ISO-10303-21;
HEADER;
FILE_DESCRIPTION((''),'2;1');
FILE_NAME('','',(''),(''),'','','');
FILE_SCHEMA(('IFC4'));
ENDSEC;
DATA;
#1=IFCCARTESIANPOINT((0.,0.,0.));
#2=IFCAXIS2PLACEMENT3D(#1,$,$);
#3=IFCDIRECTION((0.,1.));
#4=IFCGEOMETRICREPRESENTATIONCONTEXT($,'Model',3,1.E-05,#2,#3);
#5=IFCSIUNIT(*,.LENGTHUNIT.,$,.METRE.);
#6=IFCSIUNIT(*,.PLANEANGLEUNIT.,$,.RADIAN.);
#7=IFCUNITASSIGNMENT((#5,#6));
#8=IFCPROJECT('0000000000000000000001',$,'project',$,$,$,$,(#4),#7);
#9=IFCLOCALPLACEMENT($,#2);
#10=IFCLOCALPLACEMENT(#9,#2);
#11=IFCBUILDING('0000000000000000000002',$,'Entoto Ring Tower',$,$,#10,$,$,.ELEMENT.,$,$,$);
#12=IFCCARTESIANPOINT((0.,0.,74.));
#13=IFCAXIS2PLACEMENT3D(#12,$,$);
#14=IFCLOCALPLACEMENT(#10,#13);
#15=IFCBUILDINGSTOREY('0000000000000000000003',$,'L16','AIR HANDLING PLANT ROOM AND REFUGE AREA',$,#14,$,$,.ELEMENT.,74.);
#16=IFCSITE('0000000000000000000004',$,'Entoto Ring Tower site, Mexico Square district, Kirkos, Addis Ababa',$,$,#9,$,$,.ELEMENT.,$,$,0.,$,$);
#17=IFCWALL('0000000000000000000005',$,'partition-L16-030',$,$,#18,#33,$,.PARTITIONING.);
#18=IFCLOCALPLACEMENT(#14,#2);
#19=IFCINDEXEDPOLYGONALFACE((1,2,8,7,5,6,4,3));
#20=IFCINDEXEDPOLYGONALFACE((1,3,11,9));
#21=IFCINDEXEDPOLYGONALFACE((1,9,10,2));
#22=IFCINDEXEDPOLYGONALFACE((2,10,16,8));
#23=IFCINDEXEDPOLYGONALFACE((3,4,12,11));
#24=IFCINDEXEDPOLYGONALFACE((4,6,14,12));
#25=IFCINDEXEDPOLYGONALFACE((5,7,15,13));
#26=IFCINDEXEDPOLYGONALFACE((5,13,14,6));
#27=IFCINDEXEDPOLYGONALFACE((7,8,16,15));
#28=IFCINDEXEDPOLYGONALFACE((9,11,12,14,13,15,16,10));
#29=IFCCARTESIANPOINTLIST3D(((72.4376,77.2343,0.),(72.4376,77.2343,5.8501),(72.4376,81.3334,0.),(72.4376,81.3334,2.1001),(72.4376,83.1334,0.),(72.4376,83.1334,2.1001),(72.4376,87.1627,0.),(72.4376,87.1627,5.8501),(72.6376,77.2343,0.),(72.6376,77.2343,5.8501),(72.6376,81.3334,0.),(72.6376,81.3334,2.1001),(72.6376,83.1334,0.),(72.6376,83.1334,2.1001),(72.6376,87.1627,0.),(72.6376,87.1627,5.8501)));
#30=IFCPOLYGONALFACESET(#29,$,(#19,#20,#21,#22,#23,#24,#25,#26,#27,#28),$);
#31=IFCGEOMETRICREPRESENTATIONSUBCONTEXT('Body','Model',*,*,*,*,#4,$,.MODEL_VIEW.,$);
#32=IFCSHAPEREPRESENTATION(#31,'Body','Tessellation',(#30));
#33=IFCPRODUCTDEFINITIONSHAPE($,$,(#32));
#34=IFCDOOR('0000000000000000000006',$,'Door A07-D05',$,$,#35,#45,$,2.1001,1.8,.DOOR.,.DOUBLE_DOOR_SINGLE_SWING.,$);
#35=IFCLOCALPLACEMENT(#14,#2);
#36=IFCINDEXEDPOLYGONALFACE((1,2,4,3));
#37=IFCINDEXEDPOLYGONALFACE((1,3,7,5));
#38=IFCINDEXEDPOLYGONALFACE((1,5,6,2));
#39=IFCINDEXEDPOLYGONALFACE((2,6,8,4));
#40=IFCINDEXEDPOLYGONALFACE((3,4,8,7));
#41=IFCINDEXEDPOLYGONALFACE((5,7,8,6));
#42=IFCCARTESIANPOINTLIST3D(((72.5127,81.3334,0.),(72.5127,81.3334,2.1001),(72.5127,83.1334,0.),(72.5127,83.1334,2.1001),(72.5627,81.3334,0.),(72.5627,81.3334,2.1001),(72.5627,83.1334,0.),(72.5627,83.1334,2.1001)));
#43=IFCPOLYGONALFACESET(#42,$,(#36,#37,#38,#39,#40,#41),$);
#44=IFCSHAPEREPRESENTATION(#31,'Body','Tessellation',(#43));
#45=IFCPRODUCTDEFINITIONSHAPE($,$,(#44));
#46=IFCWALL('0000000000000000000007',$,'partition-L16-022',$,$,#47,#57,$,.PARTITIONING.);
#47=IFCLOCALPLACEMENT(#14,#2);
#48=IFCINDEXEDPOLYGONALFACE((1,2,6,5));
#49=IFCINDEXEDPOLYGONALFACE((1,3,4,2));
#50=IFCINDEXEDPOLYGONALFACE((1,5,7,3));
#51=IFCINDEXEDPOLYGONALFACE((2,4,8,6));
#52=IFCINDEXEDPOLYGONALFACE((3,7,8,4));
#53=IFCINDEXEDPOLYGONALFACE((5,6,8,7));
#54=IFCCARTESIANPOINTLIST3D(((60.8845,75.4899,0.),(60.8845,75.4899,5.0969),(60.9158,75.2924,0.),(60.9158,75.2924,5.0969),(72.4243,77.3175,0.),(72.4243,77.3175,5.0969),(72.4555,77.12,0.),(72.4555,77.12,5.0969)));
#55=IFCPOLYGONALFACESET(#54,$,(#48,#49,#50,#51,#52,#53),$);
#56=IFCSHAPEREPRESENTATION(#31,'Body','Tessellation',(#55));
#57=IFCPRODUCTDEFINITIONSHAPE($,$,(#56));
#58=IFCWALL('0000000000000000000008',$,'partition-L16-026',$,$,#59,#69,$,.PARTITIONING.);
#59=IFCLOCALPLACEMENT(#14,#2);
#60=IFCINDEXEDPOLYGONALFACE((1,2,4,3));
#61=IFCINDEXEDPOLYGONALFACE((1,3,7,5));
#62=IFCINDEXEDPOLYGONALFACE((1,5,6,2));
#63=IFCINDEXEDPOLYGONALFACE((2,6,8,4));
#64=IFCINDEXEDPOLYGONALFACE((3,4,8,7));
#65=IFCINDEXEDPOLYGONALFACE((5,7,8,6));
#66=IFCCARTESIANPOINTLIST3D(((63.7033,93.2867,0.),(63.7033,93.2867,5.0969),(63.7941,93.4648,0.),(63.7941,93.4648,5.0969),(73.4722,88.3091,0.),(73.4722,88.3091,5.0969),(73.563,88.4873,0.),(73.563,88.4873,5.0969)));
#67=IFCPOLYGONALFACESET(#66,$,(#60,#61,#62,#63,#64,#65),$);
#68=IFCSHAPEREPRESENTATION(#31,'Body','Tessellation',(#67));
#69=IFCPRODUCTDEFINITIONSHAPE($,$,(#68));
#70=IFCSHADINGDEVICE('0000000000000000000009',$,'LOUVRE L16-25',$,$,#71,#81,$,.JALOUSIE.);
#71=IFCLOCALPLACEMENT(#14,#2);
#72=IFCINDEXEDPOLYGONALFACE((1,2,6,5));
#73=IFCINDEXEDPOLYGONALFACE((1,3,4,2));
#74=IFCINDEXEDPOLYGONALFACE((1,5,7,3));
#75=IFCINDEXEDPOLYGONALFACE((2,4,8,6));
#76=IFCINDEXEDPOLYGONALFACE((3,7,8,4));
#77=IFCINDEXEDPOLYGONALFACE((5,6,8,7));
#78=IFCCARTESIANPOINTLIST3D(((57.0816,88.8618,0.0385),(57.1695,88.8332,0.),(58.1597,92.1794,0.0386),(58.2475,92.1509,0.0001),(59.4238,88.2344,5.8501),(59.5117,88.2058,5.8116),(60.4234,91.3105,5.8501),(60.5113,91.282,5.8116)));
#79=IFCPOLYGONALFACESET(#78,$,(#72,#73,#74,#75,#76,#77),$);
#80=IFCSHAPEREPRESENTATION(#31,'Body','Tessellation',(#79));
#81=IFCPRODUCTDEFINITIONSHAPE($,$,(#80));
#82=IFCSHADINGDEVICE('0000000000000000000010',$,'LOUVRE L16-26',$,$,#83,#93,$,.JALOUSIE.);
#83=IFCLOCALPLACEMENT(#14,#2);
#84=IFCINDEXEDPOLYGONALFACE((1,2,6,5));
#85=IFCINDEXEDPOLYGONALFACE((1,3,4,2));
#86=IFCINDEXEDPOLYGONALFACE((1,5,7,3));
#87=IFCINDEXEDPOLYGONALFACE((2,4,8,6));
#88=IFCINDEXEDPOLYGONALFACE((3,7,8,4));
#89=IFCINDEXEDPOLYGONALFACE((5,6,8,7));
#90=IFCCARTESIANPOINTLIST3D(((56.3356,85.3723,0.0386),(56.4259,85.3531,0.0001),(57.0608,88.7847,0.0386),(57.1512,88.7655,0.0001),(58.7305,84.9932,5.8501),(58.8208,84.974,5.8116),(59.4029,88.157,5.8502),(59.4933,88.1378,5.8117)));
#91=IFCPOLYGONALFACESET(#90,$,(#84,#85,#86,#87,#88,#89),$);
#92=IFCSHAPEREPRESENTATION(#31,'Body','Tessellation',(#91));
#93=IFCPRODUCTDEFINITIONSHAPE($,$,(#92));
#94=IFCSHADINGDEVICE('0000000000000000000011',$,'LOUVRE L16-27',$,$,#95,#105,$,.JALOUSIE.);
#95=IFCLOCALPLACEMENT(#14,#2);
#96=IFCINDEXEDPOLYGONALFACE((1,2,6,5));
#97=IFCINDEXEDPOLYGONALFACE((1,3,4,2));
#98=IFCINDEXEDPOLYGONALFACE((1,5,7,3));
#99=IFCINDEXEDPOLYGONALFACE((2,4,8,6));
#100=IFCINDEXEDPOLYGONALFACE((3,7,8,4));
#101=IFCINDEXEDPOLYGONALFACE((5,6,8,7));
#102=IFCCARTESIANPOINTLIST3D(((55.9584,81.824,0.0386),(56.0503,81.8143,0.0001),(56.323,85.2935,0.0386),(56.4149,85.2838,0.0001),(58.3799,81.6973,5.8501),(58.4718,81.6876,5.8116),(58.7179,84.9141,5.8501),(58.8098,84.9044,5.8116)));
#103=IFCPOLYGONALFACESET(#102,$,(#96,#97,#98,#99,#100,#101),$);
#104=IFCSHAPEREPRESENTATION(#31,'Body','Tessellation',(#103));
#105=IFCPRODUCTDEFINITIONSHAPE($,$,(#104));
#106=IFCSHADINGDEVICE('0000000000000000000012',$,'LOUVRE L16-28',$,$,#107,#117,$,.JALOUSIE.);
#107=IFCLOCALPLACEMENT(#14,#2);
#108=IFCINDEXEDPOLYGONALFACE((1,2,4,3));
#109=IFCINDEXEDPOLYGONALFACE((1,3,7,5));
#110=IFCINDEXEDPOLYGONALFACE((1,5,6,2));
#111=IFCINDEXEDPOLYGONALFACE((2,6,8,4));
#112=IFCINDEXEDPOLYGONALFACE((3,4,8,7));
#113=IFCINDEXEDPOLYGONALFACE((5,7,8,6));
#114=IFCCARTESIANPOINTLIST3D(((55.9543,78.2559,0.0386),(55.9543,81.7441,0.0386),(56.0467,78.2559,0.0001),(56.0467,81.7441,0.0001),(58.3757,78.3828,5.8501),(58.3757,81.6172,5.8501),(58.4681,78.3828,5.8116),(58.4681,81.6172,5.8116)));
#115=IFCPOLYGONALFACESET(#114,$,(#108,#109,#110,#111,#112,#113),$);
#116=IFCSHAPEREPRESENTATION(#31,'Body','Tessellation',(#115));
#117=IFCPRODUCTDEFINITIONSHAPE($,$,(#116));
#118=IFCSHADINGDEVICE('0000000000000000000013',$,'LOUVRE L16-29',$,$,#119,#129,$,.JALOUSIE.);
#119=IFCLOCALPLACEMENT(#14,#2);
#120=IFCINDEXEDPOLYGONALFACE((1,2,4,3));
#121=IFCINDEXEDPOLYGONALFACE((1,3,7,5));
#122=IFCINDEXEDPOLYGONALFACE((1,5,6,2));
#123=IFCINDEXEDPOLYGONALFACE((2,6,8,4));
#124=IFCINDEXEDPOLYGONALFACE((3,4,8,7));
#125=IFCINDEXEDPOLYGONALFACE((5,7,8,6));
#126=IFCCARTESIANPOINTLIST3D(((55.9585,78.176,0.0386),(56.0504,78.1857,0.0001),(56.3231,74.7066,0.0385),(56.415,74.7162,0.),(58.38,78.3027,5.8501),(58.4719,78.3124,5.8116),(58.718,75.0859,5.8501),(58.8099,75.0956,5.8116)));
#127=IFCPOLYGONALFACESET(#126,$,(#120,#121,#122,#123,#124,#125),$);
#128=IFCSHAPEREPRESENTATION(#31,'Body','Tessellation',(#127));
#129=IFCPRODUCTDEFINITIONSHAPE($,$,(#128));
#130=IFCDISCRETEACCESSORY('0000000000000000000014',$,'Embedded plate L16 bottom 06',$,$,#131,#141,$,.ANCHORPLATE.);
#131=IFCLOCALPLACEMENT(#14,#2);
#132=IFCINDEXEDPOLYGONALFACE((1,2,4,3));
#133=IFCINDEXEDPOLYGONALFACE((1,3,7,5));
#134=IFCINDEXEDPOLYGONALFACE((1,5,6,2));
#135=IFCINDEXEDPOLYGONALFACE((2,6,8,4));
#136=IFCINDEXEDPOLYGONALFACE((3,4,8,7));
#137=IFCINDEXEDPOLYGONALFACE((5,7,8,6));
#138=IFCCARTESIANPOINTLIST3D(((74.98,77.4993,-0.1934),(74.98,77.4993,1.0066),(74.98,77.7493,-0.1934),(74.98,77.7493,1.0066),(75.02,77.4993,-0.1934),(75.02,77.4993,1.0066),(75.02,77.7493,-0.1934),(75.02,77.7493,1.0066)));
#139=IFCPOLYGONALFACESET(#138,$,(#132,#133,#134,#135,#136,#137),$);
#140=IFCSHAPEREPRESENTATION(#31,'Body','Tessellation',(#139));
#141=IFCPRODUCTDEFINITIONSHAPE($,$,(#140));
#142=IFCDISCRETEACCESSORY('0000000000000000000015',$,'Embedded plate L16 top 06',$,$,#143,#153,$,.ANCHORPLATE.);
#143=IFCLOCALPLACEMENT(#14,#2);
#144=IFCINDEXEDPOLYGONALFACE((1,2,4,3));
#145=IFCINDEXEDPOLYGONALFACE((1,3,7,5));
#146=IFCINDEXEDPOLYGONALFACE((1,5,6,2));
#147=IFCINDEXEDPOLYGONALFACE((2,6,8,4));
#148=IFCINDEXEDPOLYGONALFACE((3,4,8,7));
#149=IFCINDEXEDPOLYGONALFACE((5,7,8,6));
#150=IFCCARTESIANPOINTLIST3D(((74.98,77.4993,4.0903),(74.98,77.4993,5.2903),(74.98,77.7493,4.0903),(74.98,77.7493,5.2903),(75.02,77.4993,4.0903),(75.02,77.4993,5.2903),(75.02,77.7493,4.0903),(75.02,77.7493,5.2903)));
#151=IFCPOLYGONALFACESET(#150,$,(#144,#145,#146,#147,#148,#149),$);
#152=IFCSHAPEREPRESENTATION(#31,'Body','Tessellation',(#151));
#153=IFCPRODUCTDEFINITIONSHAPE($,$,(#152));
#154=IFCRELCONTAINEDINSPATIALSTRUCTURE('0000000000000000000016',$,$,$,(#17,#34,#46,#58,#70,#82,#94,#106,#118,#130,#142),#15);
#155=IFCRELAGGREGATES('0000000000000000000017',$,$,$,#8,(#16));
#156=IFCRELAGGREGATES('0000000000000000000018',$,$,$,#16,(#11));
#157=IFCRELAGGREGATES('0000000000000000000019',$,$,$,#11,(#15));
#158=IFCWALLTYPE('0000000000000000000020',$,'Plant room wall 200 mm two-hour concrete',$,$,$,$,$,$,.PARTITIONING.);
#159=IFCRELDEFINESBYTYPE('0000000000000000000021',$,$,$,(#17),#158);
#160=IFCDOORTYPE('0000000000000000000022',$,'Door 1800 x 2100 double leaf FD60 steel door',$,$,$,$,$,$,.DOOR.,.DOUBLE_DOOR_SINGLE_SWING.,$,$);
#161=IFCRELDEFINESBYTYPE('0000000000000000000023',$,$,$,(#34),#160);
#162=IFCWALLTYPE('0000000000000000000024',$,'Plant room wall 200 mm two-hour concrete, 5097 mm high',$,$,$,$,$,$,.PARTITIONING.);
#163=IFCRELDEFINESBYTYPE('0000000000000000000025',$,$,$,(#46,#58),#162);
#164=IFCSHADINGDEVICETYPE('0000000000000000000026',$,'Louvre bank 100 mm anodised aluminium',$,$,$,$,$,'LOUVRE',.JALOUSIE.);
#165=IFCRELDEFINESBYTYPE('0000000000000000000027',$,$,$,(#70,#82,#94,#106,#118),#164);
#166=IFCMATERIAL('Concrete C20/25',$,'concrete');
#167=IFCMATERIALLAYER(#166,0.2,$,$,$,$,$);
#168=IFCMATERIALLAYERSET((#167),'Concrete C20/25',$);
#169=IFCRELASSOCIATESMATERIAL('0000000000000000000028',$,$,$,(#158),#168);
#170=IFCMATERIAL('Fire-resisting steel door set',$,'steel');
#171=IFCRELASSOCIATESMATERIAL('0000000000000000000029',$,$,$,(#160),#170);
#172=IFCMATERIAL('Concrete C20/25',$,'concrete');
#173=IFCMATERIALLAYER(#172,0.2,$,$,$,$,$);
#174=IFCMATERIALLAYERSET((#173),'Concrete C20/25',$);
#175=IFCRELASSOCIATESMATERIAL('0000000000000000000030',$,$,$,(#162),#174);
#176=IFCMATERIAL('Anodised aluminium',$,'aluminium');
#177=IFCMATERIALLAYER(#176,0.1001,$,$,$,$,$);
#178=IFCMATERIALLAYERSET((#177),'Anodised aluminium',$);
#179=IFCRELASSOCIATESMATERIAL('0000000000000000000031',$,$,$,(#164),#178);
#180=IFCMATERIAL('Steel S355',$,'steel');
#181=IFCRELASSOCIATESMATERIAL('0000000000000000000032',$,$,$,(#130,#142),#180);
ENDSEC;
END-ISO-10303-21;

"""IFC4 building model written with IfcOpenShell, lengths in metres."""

from ifc_helpers import new_model, si_unit, direction, frame, frame_2d, origin, origin_2d, place, context, subcontext, project, spatial, polyline, rectangle, outline, extrude, material, layer, layer_set, type_object, element, fill, save


model = new_model("IFC4")

# Units and contexts
model_context = context("Model", 3, precision=1e-05, world=origin(), true_north=direction((0.0, 1.0)))
body_context = subcontext(model_context, "Body", "Model", "MODEL_VIEW")
ifc_project = project(units=[si_unit("LENGTHUNIT", "METRE"), si_unit("PLANEANGLEUNIT", "RADIAN")], contexts=[model_context])

# Site, building, storey
site_placement = place(None, origin())
site = spatial("IfcSite", under=ifc_project, at=site_placement, Name="Entoto Ring Tower site, Mexico Square district, Kirkos, Addis Ababa", CompositionType="ELEMENT", RefElevation=0.0)
building_placement = place(site_placement, origin())
building = spatial("IfcBuilding", under=site, at=building_placement, Name="Entoto Ring Tower", CompositionType="ELEMENT")
storey_placement = place(building_placement, frame((0.0, 0.0, 74.0)))
storey = spatial("IfcBuildingStorey", under=building, at=storey_placement, Name="L16", Description="AIR HANDLING PLANT ROOM AND REFUGE AREA", CompositionType="ELEMENT", Elevation=74.0)

# Shared definitions
ifc_material_1 = material(Name="Concrete C20/25", Category="concrete")
ifc_layer_1 = layer(ifc_material_1, 0.2)
ifc_layer_set_1 = layer_set([ifc_layer_1], Name="Concrete C20/25")
wall_type_1 = type_object("IfcWallType", Name="Plant room wall 200 mm two-hour concrete", PredefinedType="PARTITIONING", material=ifc_layer_set_1)

# Wall, opening, door
ifc_material_2 = material(Name="Fire-resisting steel door set", Category="steel")
door_type = type_object("IfcDoorType", Name="Door 1800 x 2100 double leaf FD60 steel door", OperationType="DOUBLE_DOOR_SINGLE_SWING", PredefinedType="DOOR", material=ifc_material_2)
wall_1_placement = place(storey_placement, frame((72.5376, 77.2341, 0.0), z_axis=(0.0, 0.0, 1.0), x_axis=(0.0, 1.0, 0.0)))
wall_1 = element("IfcWall", 1, at=wall_1_placement, inside=storey, type_object=wall_type_1, Name="partition-L16-030", PredefinedType="PARTITIONING", context=body_context, shape_type="SweptSolid", body=[
    extrude(rectangle(XDim=9.9285, YDim=0.2, at=frame_2d((4.9644, 0.0))), origin(), (0.0, 0.0, 1.0), 5.8501),
])
opening_1_placement = place(wall_1_placement, frame((4.0994, 0.0, 0.0)))
opening_1 = element("IfcOpeningElement", 2, at=opening_1_placement, cuts=wall_1, PredefinedType="OPENING", context=body_context, shape_type="SweptSolid", body=[
    extrude(rectangle(XDim=1.8, YDim=2.1001, at=frame_2d((0.8999, 1.05))), frame((0.0, 0.1099, 0.0), z_axis=(0.0, -1.0, 0.0), x_axis=(1.0, 0.0, 0.0)), (0.0, 0.0, 1.0), 0.22),
])
door_1_placement = place(opening_1_placement, origin())
door_1 = element("IfcDoor", 3, at=door_1_placement, inside=storey, type_object=door_type, Name="Door A07-D05", OperationType="DOUBLE_DOOR_SINGLE_SWING", OverallHeight=2.1001, OverallWidth=1.8, PredefinedType="DOOR", context=body_context, shape_type="SweptSolid", body=[
    extrude(rectangle(XDim=1.8, YDim=2.1001, at=frame_2d((0.8999, 1.05))), frame((0.0, 0.0249, 0.0), z_axis=(0.0, -1.0, 0.0), x_axis=(1.0, 0.0, 0.0)), (0.0, 0.0, 1.0), 0.05),
])
fill(opening_1, door_1)

# Walls
ifc_material_3 = material(Name="Concrete C20/25", Category="concrete")
ifc_layer_2 = layer(ifc_material_3, 0.2)
ifc_layer_set_2 = layer_set([ifc_layer_2], Name="Concrete C20/25")
wall_type_2 = type_object("IfcWallType", Name="Plant room wall 200 mm two-hour concrete, 5097 mm high", PredefinedType="PARTITIONING", material=ifc_layer_set_2)
wall_2_placement = place(storey_placement, frame((60.9001, 75.3911, 0.0), z_axis=(0.0, 0.0, 1.0), x_axis=(0.987689, 0.156427, 0.0)))
element("IfcWall", 4, at=wall_2_placement, inside=storey, type_object=wall_type_2, Name="partition-L16-022", PredefinedType="PARTITIONING", context=body_context, shape_type="SweptSolid", body=[
    extrude(rectangle(XDim=11.6836, YDim=0.2, at=frame_2d((5.8418, 0.0))), origin(), (0.0, 0.0, 1.0), 5.0969),
])
wall_3_placement = place(storey_placement, frame((73.5176, 88.3982, 0.0), z_axis=(0.0, 0.0, 1.0), x_axis=(-0.891003, 0.453997, 0.0)))
element("IfcWall", 5, at=wall_3_placement, inside=storey, type_object=wall_type_2, Name="partition-L16-026", PredefinedType="PARTITIONING", context=body_context, shape_type="SweptSolid", body=[
    extrude(rectangle(XDim=10.9639, YDim=0.2, at=frame_2d((5.4819, 0.0))), origin(), (0.0, 0.0, 1.0), 5.0969),
])

# Shading devices
ifc_material_4 = material(Name="Anodised aluminium", Category="aluminium")
ifc_layer_3 = layer(ifc_material_4, 0.1001)
ifc_layer_set_3 = layer_set([ifc_layer_3], Name="Anodised aluminium")
shading_device_type = type_object("IfcShadingDeviceType", Name="Louvre bank 100 mm anodised aluminium", ElementType="LOUVRE", PredefinedType="JALOUSIE", material=ifc_layer_set_3)
shading_device_1_placement = place(storey_placement, frame((58.1597, 92.1794, 0.0386), z_axis=(-0.877892, 0.285267, 0.384614), x_axis=(-0.309042, -0.951048, -0.000007)))
element("IfcShadingDevice", 6, at=shading_device_1_placement, inside=storey, type_object=shading_device_type, Name="LOUVRE L16-25", PredefinedType="JALOUSIE", context=body_context, shape_type="SweptSolid", body=[
    extrude(outline(polyline([(0.0, 0.0), (3.4884, 0.0), (3.3612, 6.2958), (0.1267, 6.2958), (0.0, 0.0)])), origin(), (0.0, 0.0, -1.0), 0.1001),
])
shading_device_2_placement = place(storey_placement, frame((57.0608, 88.7847, 0.0386), z_axis=(-0.90291, 0.191905, 0.384611), x_axis=(-0.20789, -0.978152, 0.000017)))
element("IfcShadingDevice", 7, at=shading_device_2_placement, inside=storey, type_object=shading_device_type, Name="LOUVRE L16-26", PredefinedType="JALOUSIE", context=body_context, shape_type="SweptSolid", body=[
    extrude(outline(polyline([(0.0, 0.0), (3.4885, 0.0), (3.3617, 6.2957), (0.1271, 6.2959), (0.0, 0.0)])), origin(), (0.0, 0.0, -1.0), 0.1001),
])
shading_device_3_placement = place(storey_placement, frame((56.323, 85.2935, 0.0386), z_axis=(-0.918022, 0.096472, 0.384615), x_axis=(-0.104507, -0.994524, 0.000009)))
element("IfcShadingDevice", 8, at=shading_device_3_placement, inside=storey, type_object=shading_device_type, Name="LOUVRE L16-27", PredefinedType="JALOUSIE", context=body_context, shape_type="SweptSolid", body=[
    extrude(outline(polyline([(0.0, 0.0), (3.4886, 0.0), (3.3616, 6.2958), (0.1271, 6.2958), (0.0, 0.0)])), origin(), (0.0, 0.0, -1.0), 0.1001),
])
shading_device_4_placement = place(storey_placement, frame((55.9543, 81.7441, 0.0386), z_axis=(-0.923082, 0.0, 0.384604), x_axis=(0.0, -1.0, 0.0)))
element("IfcShadingDevice", 9, at=shading_device_4_placement, inside=storey, type_object=shading_device_type, Name="LOUVRE L16-28", PredefinedType="JALOUSIE", context=body_context, shape_type="SweptSolid", body=[
    extrude(outline(polyline([(0.0, 0.0), (3.4883, 0.0), (3.3613, 6.2958), (0.127, 6.2958), (0.0, 0.0)])), origin(), (0.0, 0.0, -1.0), 0.1001),
])
shading_device_5_placement = place(storey_placement, frame((55.9585, 78.176, 0.0386), z_axis=(-0.918022, -0.096472, 0.384615), x_axis=(0.104507, -0.994524, -0.000009)))
element("IfcShadingDevice", 10, at=shading_device_5_placement, inside=storey, type_object=shading_device_type, Name="LOUVRE L16-29", PredefinedType="JALOUSIE", context=body_context, shape_type="SweptSolid", body=[
    extrude(outline(polyline([(0.0, 0.0), (3.4886, 0.0), (3.3615, 6.2958), (0.127, 6.2958), (0.0, 0.0)])), origin(), (0.0, 0.0, -1.0), 0.1001),
])

# Discrete accessories
ifc_material_5 = material(Name="Steel S355", Category="steel")
for number, where, z_axis, x_axis, name in (
    (11, (75.0, 77.6243, -0.1934), (0.0, 0.0, 1.0), (-1.0, 0.0, 0.0), "Embedded plate L16 bottom 06"),
    (12, (75.0, 77.6243, 4.0903), (0.0, 0.0, 1.0), (-1.0, 0.0, 0.0), "Embedded plate L16 top 06"),
):
    element("IfcDiscreteAccessory", number, at=place(storey_placement, frame(where, z_axis=z_axis, x_axis=x_axis)), inside=storey, material=ifc_material_5, Name=name, PredefinedType="ANCHORPLATE", context=body_context, shape_type="SweptSolid", body=[
        extrude(rectangle(XDim=0.04, YDim=0.25, at=origin_2d()), origin(), (0.0, 0.0, 1.0), 1.2),
    ])

save(model, "model.ifc")
